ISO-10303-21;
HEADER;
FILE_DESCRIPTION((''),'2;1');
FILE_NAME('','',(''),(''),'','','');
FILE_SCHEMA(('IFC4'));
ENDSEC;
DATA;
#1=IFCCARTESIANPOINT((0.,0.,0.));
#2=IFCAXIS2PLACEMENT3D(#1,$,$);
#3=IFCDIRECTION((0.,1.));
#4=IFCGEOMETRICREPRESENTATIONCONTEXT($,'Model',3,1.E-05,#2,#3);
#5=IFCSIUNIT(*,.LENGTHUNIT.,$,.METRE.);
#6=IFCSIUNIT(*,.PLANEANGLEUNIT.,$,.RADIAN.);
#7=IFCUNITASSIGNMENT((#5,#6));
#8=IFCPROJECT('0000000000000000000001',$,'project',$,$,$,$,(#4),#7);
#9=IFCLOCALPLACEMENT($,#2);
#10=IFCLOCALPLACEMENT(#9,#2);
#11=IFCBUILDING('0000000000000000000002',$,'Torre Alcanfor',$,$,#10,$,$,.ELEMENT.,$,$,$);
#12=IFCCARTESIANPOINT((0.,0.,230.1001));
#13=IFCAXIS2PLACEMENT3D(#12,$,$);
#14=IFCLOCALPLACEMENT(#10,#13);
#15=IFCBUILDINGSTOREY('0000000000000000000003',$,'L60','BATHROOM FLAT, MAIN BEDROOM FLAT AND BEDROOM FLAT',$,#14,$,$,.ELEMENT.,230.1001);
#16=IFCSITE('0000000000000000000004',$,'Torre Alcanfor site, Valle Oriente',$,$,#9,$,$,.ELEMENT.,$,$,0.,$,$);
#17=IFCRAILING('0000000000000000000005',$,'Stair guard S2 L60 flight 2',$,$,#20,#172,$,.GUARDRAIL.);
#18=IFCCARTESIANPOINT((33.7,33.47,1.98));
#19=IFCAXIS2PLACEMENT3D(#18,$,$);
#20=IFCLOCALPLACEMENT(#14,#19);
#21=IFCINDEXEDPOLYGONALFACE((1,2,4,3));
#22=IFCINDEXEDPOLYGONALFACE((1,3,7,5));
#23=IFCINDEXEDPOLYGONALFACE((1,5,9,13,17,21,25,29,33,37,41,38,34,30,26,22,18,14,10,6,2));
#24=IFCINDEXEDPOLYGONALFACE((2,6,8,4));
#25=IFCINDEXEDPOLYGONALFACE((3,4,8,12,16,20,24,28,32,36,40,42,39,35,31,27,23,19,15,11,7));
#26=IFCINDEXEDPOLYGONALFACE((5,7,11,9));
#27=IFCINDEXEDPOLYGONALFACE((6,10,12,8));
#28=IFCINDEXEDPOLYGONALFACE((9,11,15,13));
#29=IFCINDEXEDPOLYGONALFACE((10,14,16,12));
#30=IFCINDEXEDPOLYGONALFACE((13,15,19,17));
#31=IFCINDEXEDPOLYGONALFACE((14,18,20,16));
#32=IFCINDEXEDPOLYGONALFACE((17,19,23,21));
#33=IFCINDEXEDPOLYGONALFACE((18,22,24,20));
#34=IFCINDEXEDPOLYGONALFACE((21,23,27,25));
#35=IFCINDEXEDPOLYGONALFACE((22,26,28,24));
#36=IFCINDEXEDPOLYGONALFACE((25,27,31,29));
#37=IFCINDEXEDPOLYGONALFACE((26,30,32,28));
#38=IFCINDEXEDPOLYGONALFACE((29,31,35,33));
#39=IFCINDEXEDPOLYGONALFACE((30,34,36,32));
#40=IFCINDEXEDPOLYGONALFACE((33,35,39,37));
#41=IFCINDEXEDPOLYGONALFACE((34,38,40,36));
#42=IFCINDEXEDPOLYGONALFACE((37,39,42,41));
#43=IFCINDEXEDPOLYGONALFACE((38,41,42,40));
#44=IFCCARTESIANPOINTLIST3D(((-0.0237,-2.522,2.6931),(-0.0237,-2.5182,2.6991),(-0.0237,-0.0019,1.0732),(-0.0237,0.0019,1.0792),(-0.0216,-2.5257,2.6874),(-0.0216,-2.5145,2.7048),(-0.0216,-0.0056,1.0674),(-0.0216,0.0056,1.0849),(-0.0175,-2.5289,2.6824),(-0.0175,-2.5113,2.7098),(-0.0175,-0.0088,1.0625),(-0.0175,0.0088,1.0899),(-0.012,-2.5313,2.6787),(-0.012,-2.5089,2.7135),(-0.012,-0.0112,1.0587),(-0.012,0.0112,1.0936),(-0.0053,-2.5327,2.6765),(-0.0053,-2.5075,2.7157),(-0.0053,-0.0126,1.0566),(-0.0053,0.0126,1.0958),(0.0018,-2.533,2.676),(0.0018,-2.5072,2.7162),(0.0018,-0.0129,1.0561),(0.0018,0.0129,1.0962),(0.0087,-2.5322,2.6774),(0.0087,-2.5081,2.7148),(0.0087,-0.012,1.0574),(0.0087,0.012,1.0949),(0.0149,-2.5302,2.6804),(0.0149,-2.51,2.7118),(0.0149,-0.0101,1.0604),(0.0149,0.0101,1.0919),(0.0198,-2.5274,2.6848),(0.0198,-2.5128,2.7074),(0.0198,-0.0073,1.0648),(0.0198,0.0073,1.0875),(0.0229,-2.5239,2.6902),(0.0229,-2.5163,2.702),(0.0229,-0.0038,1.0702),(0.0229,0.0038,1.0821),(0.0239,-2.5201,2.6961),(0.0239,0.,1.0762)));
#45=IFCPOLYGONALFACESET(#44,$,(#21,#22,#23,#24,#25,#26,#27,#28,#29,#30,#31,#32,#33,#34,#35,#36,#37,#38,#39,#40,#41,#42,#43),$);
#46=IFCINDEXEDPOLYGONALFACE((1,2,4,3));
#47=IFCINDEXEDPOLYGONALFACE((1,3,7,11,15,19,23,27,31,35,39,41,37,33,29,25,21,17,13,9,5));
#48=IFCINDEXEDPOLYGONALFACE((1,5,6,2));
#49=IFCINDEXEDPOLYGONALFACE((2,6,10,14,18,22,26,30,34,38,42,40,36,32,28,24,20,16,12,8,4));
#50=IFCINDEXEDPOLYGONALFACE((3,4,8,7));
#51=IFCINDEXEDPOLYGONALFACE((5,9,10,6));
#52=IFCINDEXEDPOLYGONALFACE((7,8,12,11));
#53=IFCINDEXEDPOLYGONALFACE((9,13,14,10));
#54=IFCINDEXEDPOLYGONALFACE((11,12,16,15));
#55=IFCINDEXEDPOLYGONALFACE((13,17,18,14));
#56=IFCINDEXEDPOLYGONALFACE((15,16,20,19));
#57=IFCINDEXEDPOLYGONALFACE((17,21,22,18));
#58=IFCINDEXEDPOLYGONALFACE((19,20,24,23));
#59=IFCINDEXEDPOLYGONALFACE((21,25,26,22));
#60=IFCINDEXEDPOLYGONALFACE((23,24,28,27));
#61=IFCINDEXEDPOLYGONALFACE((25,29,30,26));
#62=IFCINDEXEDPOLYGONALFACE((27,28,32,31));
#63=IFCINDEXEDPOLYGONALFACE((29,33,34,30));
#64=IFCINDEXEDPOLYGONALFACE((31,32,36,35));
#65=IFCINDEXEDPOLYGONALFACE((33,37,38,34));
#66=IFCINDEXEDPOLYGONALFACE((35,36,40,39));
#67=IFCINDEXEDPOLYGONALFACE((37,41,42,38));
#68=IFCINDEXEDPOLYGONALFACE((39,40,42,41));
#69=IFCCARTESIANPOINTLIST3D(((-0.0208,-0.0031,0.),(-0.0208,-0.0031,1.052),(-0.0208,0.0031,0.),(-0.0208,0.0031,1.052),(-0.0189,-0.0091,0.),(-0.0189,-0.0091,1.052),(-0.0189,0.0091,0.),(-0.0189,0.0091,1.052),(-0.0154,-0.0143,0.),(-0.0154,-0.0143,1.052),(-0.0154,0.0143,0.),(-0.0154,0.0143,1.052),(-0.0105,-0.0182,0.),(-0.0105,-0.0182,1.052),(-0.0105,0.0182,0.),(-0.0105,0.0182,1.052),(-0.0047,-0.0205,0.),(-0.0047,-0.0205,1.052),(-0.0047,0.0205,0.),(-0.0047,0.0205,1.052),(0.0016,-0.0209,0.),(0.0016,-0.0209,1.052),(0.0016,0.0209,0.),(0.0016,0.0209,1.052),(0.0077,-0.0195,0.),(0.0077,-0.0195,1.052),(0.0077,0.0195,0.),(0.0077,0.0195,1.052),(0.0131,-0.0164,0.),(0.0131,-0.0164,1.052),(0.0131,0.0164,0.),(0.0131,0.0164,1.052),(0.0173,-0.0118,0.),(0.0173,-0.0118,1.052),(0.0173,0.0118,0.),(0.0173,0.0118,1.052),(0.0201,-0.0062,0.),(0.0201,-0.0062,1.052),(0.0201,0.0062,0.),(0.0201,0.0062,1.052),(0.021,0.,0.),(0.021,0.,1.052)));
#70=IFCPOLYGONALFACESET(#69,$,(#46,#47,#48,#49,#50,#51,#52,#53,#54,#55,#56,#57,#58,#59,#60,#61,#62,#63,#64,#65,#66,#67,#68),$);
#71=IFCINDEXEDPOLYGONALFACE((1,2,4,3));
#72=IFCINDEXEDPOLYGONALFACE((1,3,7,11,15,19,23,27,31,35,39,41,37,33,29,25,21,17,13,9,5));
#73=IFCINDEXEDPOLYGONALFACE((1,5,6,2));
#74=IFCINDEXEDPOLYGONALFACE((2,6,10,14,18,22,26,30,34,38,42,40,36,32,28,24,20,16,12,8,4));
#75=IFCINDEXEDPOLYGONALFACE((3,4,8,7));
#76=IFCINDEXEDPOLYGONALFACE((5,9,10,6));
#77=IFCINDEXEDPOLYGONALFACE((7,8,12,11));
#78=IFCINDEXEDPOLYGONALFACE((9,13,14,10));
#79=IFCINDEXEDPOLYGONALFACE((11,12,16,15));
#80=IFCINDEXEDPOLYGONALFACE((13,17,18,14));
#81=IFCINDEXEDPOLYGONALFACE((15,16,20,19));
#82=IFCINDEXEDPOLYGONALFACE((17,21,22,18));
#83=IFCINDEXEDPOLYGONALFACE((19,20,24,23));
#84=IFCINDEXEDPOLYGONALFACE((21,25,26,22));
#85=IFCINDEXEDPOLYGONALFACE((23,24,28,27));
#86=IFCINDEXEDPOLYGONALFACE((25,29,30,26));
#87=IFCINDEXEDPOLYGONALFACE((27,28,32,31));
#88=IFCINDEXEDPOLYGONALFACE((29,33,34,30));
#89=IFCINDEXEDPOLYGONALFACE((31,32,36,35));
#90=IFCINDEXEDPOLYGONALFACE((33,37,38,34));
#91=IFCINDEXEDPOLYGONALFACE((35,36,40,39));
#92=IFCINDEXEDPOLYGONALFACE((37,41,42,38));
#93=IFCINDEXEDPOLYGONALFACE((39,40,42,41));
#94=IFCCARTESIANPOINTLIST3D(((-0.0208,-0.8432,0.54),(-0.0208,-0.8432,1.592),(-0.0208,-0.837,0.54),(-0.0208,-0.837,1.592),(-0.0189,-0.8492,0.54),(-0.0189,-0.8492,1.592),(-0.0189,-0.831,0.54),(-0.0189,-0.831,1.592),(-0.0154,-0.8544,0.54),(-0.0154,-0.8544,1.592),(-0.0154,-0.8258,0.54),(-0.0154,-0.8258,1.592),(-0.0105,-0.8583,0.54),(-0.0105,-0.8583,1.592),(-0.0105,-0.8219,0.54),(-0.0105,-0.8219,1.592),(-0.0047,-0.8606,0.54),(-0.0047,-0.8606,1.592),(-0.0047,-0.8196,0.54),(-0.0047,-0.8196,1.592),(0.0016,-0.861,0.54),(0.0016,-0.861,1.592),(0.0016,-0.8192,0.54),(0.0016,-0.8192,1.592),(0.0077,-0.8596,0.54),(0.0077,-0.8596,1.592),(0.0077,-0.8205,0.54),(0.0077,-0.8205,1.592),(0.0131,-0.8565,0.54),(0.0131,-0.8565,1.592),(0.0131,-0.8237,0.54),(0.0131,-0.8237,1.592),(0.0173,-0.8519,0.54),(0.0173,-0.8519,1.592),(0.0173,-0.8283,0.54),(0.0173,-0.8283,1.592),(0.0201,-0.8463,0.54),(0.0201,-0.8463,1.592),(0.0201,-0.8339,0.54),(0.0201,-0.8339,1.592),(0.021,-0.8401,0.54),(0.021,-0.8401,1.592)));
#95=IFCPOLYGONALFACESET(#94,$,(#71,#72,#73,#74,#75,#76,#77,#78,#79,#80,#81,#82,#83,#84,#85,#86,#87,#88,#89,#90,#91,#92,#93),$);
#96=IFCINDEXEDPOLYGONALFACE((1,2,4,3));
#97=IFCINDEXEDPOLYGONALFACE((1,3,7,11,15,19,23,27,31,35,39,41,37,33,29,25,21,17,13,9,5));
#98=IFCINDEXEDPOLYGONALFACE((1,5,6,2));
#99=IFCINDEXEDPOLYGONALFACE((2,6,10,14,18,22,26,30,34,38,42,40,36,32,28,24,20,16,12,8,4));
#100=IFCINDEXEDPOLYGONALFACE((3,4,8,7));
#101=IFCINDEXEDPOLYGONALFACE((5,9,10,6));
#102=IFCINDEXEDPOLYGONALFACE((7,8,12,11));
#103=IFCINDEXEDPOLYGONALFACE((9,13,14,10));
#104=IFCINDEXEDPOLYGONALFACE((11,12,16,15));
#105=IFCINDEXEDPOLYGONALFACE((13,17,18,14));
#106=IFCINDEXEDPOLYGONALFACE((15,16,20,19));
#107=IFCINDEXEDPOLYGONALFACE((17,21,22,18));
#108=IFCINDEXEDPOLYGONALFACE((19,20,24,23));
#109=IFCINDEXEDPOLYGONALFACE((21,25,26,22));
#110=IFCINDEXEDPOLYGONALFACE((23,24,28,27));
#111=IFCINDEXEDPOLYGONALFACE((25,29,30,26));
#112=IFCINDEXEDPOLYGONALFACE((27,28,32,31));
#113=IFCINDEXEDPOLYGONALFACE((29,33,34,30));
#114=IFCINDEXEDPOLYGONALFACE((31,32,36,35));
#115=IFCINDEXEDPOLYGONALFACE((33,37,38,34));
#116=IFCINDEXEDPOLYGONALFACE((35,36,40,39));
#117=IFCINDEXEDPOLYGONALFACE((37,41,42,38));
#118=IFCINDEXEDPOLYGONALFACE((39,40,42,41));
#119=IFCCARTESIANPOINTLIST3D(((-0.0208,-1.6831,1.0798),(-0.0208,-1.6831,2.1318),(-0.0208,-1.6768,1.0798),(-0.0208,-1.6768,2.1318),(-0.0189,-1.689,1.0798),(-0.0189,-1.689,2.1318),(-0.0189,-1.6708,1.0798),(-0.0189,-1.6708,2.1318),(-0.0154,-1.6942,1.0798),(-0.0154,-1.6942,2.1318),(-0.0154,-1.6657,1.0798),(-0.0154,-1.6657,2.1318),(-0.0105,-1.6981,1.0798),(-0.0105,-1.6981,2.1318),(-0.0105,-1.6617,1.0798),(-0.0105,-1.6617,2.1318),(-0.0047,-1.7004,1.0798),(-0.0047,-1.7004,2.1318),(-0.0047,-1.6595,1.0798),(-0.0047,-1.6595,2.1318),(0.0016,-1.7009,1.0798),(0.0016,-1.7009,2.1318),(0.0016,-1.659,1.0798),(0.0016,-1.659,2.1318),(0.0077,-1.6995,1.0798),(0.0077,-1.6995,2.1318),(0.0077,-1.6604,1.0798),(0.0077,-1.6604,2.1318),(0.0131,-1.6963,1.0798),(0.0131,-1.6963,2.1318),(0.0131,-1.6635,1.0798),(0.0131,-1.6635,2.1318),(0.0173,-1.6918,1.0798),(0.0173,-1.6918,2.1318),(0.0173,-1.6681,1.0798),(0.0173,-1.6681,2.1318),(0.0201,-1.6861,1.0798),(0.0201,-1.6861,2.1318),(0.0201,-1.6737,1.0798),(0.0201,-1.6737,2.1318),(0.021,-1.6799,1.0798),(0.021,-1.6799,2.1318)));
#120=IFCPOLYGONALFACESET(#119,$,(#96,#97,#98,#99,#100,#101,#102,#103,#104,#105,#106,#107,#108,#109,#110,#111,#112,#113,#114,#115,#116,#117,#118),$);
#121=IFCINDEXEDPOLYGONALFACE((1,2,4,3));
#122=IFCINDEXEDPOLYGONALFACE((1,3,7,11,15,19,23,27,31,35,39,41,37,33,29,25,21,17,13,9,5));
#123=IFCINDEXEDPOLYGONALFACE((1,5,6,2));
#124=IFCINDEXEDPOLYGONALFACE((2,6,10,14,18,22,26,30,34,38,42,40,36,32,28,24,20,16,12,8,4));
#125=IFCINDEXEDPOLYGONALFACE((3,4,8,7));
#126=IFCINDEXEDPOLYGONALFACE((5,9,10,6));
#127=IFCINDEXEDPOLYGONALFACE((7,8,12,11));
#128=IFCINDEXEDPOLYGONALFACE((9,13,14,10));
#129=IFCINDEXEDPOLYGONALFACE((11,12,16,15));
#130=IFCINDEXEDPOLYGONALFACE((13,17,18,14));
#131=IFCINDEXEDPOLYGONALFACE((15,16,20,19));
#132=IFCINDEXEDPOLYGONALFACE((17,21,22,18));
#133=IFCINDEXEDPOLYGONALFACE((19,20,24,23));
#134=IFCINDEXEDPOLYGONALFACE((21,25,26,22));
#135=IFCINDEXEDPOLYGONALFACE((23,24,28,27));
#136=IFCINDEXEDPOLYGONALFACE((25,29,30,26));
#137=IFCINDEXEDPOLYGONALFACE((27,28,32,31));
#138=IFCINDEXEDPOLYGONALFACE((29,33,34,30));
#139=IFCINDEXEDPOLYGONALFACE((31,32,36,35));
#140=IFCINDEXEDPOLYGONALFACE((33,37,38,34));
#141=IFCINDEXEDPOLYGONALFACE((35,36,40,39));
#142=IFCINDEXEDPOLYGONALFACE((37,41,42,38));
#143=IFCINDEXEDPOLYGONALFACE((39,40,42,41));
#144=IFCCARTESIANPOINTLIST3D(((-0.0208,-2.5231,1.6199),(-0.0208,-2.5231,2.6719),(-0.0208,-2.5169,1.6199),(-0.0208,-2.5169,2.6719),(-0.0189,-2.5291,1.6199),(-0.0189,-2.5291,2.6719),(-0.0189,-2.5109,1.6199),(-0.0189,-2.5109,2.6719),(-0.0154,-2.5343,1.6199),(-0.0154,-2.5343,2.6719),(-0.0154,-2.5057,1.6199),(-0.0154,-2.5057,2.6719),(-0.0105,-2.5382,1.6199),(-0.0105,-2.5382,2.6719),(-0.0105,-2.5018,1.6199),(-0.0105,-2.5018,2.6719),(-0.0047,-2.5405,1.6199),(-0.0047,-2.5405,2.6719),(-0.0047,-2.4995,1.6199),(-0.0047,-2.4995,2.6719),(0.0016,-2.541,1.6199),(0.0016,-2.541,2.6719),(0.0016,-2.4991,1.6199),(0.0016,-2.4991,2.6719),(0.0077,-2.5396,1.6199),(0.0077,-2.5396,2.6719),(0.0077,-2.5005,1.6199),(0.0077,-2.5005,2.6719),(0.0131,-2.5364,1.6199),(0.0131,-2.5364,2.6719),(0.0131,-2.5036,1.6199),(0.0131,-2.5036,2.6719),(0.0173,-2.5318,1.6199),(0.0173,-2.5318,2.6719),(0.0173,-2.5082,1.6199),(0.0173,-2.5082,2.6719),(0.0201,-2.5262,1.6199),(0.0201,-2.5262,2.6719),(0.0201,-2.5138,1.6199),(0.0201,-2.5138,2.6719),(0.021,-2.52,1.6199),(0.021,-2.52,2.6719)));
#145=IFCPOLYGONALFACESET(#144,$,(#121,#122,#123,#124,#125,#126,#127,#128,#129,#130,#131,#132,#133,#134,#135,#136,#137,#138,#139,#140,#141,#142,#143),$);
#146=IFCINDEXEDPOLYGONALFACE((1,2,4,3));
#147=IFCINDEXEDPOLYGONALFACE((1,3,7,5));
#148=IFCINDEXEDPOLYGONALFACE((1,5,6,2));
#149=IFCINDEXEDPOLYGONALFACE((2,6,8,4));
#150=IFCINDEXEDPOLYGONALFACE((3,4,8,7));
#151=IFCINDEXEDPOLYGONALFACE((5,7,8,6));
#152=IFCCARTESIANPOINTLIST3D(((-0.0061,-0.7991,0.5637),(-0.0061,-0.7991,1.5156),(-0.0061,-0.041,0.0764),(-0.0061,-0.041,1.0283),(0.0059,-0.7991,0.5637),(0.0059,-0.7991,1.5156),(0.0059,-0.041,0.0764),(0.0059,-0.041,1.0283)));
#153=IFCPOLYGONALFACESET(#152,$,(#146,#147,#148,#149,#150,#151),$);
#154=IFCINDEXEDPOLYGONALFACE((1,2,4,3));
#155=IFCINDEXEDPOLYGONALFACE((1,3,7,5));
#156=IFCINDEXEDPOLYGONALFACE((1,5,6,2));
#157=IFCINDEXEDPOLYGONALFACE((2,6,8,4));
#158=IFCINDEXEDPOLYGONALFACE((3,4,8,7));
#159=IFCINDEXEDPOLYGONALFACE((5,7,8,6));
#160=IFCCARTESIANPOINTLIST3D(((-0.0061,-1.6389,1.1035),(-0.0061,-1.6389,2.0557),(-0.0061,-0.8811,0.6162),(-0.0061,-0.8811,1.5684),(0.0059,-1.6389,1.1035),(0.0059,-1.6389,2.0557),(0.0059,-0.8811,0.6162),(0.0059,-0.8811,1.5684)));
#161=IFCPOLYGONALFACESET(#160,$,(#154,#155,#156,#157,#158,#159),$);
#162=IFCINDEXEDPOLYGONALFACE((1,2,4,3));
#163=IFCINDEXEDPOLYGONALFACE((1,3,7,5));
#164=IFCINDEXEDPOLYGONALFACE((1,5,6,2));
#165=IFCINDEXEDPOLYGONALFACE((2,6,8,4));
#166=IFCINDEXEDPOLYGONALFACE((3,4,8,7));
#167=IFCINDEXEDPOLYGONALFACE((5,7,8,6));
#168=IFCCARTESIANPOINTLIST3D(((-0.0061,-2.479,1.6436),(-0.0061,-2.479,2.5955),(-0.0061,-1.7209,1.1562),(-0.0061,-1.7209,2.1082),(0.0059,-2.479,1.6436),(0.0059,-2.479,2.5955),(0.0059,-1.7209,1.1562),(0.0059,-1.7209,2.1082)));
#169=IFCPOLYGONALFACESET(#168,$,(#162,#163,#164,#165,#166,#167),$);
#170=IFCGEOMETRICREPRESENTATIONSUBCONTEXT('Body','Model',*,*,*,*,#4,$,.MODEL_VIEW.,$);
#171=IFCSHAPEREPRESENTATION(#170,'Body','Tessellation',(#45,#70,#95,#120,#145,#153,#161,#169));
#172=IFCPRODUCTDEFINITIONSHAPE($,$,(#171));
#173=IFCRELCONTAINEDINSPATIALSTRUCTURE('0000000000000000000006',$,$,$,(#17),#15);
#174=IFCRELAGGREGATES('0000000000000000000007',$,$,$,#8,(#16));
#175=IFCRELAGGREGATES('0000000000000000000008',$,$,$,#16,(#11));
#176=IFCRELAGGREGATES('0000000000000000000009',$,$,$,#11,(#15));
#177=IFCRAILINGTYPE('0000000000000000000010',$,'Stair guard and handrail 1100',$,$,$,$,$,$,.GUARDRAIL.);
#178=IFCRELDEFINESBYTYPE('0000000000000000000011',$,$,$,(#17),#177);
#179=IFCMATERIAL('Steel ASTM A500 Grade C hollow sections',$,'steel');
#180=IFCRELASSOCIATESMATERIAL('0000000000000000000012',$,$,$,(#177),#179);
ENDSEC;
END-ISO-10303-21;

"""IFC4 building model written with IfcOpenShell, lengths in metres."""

from ifc_helpers import new_model, si_unit, direction, frame, origin, origin_2d, place, context, subcontext, project, spatial, polyline, circle, outline, extrude, material, type_object, element, save


model = new_model("IFC4")

# Units and contexts
model_context = context("Model", 3, precision=1e-05, world=origin(), true_north=direction((0.0, 1.0)))
body_context = subcontext(model_context, "Body", "Model", "MODEL_VIEW")
ifc_project = project(units=[si_unit("LENGTHUNIT", "METRE"), si_unit("PLANEANGLEUNIT", "RADIAN")], contexts=[model_context])

# Site, building, storey
site_placement = place(None, origin())
site = spatial("IfcSite", under=ifc_project, at=site_placement, Name="Torre Alcanfor site, Valle Oriente", CompositionType="ELEMENT", RefElevation=0.0)
building_placement = place(site_placement, origin())
building = spatial("IfcBuilding", under=site, at=building_placement, Name="Torre Alcanfor", CompositionType="ELEMENT")
storey_placement = place(building_placement, frame((0.0, 0.0, 230.1001)))
storey = spatial("IfcBuildingStorey", under=building, at=storey_placement, Name="L60", Description="BATHROOM FLAT, MAIN BEDROOM FLAT AND BEDROOM FLAT", CompositionType="ELEMENT", Elevation=230.1001)

# Railing
ifc_material_1 = material(Name="Steel ASTM A500 Grade C hollow sections", Category="steel")
railing_type_1 = type_object("IfcRailingType", Name="Stair guard and handrail 1100", PredefinedType="GUARDRAIL", material=ifc_material_1)
railing_1_placement = place(storey_placement, frame((33.7, 33.47, 1.98)))
element("IfcRailing", 1, at=railing_1_placement, inside=storey, type_object=railing_type_1, Name="Stair guard S2 L60 flight 2", PredefinedType="GUARDRAIL", context=body_context, shape_type="SweptSolid", body=[
    extrude(circle(Radius=0.0239, at=origin_2d()), frame((0.0, 0.0, 1.0762), z_axis=(0.0, -0.8412, 0.540725), x_axis=(1.0, 0.0, 0.0)), (0.0, 0.0, 1.0), 2.9958),
    extrude(circle(Radius=0.021, at=origin_2d()), origin(), (0.0, 0.0, 1.0), 1.052),
    extrude(circle(Radius=0.021, at=origin_2d()), frame((0.0, -0.8401, 0.54)), (0.0, 0.0, 1.0), 1.052),
    extrude(circle(Radius=0.021, at=origin_2d()), frame((0.0, -1.6799, 1.0798)), (0.0, 0.0, 1.0), 1.052),
    extrude(circle(Radius=0.021, at=origin_2d()), frame((0.0, -2.52, 1.6199)), (0.0, 0.0, 1.0), 1.052),
    extrude(outline(polyline([(0.041, 0.0764), (0.7991, 0.5637), (0.7991, 1.5156), (0.041, 1.0283), (0.041, 0.0764)])), frame((0.0059, 0.0, 0.0), z_axis=(-1.0, 0.0, 0.0), x_axis=(0.0, -1.0, 0.0)), (0.0, 0.0, 1.0), 0.012),
    extrude(outline(polyline([(0.8811, 0.6162), (1.6389, 1.1035), (1.6389, 2.0557), (0.8811, 1.5684), (0.8811, 0.6162)])), frame((0.0059, 0.0, 0.0), z_axis=(-1.0, 0.0, 0.0), x_axis=(0.0, -1.0, 0.0)), (0.0, 0.0, 1.0), 0.012),
    extrude(outline(polyline([(1.7209, 1.1562), (2.479, 1.6436), (2.479, 2.5955), (1.7209, 2.1082), (1.7209, 1.1562)])), frame((0.0059, 0.0, 0.0), z_axis=(-1.0, 0.0, 0.0), x_axis=(0.0, -1.0, 0.0)), (0.0, 0.0, 1.0), 0.012),
])

save(model, "model.ifc")
